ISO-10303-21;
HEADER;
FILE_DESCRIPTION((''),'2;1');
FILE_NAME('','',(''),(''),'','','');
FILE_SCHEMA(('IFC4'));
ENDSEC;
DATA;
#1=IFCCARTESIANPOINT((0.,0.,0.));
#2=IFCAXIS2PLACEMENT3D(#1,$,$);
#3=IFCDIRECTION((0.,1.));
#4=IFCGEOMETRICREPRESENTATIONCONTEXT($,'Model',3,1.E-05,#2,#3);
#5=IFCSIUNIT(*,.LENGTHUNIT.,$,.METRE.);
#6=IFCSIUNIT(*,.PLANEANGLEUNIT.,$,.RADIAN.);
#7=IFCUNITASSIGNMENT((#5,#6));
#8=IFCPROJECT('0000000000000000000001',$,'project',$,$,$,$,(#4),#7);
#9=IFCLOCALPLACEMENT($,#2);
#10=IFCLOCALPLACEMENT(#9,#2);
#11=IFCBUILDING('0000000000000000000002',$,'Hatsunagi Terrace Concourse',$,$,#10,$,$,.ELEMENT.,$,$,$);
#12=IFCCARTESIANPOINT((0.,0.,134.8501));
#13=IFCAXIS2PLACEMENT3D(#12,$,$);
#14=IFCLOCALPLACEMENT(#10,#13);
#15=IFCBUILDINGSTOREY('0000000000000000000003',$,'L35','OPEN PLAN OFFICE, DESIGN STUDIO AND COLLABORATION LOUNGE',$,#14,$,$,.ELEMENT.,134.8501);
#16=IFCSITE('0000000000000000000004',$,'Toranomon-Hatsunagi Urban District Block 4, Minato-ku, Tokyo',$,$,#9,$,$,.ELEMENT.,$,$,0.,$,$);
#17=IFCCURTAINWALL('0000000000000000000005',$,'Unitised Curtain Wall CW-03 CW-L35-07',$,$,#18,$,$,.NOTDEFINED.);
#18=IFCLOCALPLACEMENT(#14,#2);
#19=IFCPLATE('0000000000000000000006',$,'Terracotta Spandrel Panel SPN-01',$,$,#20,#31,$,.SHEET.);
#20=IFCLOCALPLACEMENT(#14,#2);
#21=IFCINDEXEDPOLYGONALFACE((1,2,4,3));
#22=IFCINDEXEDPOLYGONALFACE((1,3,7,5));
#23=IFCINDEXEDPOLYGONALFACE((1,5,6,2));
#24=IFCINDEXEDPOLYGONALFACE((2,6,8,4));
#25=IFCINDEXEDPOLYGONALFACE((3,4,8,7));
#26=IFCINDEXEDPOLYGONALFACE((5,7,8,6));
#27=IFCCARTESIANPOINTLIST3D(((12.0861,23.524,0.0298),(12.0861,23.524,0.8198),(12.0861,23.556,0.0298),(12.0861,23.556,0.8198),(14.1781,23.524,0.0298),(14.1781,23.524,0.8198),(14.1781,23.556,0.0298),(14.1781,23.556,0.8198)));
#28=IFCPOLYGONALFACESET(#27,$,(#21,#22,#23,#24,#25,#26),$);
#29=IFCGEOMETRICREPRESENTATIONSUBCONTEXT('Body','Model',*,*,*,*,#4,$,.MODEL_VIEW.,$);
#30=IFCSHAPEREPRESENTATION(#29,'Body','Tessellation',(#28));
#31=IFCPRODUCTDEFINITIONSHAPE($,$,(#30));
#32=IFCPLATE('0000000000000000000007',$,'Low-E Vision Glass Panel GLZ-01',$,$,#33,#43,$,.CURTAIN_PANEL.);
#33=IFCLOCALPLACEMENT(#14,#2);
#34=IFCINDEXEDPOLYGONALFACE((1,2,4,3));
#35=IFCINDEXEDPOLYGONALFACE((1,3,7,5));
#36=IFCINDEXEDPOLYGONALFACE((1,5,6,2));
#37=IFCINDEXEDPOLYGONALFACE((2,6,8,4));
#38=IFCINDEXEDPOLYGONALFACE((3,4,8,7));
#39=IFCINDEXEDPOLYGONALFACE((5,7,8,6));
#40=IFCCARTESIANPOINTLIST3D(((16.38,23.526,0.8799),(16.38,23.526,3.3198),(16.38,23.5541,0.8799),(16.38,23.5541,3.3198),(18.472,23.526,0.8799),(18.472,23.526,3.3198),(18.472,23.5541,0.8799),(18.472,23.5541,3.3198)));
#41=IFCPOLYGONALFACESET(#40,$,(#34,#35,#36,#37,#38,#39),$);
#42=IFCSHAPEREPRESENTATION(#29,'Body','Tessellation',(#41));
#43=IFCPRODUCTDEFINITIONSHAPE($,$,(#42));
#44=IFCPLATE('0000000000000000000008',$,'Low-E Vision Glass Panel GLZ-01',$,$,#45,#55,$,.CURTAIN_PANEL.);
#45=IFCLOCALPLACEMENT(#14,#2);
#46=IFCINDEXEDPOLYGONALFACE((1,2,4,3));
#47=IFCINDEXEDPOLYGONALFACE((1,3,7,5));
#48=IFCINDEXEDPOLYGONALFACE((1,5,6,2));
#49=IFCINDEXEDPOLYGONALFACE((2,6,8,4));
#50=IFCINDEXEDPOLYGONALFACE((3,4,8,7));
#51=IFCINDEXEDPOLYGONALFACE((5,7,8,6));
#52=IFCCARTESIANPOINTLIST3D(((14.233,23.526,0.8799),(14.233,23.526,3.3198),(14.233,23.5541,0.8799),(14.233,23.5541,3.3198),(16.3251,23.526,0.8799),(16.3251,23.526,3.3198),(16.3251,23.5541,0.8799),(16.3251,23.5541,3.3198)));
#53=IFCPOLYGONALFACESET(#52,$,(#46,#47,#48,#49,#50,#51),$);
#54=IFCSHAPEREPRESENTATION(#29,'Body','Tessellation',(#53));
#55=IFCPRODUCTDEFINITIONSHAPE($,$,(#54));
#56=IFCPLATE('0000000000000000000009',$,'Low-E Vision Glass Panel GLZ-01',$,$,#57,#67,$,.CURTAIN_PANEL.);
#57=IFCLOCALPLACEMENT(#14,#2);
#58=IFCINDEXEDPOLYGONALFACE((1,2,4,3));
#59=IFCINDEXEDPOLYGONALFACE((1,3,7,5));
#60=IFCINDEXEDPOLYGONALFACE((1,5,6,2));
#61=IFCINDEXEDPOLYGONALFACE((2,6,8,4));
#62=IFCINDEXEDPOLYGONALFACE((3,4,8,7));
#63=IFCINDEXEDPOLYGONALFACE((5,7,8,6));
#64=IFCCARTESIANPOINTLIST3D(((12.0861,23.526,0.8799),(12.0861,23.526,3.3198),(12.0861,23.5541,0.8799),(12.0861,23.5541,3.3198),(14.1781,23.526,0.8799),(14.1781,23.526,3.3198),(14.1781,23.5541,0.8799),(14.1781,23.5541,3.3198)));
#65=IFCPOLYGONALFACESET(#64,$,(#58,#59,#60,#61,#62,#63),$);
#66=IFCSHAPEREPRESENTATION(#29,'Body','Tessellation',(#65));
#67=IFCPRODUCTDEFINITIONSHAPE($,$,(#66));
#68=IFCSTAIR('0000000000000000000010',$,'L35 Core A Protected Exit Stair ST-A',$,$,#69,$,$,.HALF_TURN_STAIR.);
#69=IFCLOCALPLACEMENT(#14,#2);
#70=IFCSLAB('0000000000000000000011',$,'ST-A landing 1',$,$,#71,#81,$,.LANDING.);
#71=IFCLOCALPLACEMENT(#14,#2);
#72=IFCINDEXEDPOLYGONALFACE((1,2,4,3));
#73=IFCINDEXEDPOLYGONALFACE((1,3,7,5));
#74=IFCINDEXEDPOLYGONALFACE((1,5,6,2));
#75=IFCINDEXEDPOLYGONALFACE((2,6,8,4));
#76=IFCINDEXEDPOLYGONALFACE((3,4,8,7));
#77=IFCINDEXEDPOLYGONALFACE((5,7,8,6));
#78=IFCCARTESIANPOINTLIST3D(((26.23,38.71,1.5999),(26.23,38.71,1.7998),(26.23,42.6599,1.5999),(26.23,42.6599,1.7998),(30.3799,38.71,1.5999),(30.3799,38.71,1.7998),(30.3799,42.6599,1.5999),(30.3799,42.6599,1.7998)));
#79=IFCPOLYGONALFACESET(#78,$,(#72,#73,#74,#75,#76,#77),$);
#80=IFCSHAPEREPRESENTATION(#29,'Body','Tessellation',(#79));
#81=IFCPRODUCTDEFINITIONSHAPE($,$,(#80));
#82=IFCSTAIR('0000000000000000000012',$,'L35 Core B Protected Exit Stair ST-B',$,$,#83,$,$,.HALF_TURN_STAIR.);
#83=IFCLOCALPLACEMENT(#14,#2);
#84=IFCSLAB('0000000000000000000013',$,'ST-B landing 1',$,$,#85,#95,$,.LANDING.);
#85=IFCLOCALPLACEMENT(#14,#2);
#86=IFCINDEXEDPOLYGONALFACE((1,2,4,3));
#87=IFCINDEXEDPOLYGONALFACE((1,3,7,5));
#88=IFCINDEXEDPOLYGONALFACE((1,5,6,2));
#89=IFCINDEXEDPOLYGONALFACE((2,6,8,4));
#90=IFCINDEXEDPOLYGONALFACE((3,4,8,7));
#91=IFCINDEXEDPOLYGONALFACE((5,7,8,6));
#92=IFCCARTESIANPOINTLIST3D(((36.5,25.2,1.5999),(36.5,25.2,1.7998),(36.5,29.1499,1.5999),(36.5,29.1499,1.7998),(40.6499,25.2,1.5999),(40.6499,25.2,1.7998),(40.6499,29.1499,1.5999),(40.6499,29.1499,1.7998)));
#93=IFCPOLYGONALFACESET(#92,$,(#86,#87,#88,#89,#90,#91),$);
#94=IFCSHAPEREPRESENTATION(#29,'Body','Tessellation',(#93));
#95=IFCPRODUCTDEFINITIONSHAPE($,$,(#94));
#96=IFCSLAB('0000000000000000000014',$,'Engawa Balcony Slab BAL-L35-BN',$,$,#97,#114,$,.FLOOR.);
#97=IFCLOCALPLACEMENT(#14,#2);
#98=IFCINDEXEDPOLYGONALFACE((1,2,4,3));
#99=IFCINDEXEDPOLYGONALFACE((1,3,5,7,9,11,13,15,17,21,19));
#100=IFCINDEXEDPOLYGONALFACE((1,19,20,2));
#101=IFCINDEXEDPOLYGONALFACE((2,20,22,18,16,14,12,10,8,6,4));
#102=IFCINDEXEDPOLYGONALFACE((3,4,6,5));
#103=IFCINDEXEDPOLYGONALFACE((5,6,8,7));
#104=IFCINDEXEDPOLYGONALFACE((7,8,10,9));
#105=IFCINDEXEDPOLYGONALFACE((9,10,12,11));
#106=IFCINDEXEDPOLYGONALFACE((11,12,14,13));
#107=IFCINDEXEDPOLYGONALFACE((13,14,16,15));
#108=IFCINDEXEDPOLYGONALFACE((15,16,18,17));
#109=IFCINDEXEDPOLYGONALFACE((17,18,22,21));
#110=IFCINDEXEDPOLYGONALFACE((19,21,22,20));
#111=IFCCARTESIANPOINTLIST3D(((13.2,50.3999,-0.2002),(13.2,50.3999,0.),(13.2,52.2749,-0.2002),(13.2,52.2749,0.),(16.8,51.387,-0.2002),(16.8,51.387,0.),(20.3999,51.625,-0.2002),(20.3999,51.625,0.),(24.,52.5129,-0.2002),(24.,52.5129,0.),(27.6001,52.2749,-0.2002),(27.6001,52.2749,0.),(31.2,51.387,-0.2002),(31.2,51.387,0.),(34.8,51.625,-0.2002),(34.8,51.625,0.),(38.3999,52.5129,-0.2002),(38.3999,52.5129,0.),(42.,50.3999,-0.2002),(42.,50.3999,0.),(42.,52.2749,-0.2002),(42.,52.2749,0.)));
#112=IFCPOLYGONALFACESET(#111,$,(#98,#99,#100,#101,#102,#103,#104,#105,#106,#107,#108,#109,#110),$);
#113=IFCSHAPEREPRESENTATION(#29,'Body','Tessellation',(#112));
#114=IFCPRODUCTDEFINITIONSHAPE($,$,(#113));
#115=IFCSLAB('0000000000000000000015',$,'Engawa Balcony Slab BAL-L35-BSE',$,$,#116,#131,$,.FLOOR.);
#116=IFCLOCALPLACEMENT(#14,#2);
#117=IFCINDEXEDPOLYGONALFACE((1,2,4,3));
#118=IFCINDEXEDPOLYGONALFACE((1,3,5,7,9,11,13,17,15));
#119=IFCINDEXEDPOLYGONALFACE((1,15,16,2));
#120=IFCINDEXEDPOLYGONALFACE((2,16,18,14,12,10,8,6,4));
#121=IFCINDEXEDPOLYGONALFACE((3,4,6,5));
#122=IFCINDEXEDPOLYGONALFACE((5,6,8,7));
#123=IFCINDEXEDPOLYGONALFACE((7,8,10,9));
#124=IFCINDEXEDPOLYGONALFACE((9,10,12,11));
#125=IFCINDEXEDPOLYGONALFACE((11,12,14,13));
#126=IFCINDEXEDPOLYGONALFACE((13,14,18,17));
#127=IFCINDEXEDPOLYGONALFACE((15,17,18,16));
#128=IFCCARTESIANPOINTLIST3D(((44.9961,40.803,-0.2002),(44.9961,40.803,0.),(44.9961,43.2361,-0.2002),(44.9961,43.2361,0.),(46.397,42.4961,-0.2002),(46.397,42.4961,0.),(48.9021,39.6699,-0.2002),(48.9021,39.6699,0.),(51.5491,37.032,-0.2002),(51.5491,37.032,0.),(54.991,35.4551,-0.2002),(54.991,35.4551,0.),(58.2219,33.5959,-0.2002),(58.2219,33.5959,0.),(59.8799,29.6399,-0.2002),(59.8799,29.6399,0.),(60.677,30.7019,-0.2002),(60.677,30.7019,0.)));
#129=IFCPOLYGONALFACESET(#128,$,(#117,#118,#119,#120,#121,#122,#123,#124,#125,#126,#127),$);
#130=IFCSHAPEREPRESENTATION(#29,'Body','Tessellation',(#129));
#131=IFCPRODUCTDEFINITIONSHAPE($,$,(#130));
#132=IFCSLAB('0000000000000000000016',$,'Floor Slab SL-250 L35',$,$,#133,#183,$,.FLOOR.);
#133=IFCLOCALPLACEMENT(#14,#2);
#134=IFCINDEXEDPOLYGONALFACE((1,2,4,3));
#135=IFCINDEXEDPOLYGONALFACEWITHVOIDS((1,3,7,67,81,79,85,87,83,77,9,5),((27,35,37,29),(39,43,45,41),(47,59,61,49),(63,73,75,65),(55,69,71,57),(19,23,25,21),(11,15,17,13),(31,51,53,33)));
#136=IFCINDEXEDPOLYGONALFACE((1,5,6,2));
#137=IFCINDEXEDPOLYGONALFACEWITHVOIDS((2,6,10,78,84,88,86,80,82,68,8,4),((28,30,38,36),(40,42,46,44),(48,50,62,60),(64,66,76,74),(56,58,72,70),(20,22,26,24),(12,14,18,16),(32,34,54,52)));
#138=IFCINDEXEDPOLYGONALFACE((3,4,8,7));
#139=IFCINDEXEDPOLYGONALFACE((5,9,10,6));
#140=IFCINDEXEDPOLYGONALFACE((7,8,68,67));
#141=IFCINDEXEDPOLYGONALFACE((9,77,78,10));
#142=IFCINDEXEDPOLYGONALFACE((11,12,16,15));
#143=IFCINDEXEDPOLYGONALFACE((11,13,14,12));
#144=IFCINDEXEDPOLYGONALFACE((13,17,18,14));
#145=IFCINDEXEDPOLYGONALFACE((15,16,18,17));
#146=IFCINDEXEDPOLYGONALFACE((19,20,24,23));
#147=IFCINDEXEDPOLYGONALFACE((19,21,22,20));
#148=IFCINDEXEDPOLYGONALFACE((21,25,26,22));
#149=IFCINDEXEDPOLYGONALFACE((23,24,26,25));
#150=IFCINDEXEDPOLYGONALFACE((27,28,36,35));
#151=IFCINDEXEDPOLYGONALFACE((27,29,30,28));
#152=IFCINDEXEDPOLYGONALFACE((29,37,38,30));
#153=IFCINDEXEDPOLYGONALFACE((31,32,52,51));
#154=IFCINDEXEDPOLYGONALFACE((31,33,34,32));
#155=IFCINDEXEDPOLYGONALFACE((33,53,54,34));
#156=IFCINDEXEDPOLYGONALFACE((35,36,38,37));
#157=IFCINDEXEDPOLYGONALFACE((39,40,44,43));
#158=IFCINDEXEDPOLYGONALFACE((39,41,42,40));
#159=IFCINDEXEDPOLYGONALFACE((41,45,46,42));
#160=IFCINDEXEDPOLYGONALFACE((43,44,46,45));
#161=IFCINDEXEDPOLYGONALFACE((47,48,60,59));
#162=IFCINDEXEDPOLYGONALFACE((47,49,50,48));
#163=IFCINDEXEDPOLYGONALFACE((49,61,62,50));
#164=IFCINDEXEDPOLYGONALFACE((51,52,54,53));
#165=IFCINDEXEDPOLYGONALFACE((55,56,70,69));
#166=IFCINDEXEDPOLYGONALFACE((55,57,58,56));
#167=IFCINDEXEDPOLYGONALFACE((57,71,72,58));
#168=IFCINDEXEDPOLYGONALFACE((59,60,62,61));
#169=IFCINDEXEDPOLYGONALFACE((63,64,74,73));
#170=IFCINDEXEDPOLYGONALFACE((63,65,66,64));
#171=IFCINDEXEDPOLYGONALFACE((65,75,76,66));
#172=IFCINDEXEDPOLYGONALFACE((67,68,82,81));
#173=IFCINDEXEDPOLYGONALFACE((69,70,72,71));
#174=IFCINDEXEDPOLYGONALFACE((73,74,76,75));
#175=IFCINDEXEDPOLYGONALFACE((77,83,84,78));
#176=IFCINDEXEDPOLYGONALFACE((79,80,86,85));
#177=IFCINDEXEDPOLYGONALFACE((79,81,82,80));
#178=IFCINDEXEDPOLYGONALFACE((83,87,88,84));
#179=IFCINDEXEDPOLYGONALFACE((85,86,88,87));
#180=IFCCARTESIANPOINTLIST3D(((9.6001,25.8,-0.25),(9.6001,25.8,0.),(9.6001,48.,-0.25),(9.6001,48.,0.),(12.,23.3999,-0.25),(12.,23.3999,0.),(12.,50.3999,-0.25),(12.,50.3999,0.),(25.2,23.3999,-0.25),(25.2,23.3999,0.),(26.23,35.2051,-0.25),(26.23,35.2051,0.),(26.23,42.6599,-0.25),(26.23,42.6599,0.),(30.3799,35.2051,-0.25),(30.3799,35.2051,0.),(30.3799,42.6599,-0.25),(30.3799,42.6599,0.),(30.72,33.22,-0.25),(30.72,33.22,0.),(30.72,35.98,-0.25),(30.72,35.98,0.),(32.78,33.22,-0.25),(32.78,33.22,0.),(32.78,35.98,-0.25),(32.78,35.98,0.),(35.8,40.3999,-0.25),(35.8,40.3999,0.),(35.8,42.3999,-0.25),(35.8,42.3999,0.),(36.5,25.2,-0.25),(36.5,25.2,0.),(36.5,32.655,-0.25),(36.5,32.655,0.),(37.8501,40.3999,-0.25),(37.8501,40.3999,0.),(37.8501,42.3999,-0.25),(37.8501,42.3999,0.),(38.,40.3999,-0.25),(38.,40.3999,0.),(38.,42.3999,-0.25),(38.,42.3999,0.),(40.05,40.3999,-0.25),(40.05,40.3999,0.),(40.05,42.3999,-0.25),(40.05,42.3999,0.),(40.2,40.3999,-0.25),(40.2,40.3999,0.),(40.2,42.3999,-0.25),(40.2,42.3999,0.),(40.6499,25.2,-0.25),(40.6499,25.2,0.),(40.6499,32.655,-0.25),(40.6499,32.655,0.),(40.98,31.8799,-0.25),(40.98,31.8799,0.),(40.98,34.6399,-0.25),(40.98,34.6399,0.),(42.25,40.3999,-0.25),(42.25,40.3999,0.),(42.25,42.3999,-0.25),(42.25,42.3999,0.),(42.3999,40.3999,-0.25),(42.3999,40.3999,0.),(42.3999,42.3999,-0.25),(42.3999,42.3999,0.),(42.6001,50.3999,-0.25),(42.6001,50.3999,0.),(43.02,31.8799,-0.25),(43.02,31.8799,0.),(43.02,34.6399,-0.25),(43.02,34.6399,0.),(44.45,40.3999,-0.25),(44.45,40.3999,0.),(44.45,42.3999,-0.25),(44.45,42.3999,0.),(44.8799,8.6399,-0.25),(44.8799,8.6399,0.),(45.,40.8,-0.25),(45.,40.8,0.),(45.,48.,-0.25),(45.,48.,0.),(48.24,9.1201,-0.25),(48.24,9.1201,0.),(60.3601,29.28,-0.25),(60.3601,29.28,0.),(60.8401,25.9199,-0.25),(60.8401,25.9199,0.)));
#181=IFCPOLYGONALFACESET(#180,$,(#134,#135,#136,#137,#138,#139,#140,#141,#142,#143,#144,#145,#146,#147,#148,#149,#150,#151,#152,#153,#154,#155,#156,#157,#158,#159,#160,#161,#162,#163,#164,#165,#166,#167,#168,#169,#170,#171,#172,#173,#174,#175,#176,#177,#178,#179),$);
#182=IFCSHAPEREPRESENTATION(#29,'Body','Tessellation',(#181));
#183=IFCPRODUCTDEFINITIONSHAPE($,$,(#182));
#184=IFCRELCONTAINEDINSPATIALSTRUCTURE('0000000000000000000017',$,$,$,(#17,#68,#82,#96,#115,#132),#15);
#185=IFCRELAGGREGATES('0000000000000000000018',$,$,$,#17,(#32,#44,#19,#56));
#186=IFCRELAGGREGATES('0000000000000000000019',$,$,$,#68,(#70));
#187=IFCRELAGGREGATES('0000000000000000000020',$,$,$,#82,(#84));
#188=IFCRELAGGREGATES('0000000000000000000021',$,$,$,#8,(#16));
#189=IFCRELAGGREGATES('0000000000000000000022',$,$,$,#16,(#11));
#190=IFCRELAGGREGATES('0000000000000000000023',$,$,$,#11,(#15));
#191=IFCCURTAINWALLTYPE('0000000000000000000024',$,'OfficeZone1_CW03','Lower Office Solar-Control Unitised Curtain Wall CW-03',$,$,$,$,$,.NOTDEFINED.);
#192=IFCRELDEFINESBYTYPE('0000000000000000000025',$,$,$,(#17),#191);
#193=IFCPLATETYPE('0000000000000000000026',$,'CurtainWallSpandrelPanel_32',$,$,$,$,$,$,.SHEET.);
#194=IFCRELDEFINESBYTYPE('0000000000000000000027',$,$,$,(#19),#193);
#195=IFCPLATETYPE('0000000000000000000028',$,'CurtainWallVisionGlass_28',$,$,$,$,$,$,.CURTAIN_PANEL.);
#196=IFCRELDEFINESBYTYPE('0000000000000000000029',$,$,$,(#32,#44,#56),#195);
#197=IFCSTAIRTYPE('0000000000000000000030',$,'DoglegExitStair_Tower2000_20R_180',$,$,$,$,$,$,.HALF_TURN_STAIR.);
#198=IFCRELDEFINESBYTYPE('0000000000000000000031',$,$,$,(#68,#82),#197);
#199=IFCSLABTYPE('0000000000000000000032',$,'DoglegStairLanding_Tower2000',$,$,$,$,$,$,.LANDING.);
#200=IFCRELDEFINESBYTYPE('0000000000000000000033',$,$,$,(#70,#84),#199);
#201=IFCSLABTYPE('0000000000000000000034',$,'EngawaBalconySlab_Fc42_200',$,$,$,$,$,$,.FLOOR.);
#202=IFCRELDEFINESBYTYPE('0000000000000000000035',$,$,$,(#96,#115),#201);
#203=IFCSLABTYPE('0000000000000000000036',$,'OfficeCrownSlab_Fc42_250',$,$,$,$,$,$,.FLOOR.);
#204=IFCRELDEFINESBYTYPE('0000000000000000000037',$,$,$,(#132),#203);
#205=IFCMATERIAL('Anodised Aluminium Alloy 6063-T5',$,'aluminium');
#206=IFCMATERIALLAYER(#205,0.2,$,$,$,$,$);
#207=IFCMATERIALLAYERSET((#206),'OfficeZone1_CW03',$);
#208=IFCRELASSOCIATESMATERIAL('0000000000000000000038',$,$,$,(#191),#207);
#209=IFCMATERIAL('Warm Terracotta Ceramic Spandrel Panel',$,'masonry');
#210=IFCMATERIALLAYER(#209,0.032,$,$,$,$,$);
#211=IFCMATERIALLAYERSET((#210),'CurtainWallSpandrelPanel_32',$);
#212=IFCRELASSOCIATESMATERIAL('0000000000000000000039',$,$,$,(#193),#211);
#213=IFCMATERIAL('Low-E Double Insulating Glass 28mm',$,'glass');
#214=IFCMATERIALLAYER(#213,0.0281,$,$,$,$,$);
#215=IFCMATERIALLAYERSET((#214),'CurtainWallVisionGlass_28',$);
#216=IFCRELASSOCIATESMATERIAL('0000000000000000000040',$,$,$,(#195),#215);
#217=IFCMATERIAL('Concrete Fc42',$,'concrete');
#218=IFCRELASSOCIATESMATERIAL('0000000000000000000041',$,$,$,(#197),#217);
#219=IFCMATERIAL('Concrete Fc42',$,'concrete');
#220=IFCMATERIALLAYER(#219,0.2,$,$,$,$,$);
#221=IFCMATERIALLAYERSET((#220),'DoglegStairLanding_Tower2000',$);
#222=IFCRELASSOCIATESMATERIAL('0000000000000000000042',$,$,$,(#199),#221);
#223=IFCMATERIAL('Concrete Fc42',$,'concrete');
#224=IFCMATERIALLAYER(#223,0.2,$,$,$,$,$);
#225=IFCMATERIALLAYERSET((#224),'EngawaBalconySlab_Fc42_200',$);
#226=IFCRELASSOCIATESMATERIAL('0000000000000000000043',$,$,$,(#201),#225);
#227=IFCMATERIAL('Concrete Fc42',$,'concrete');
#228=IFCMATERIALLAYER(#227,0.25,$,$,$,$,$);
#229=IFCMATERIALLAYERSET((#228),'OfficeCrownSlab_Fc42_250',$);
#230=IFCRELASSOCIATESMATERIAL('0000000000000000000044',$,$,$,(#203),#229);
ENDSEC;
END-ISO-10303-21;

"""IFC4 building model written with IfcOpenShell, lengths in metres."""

from ifc_helpers import new_model, si_unit, direction, frame, origin, origin_2d, place, context, subcontext, project, spatial, polyline, rectangle, outline, extrude, material, layer, layer_set, type_object, element, aggregate, save


model = new_model("IFC4")

# Units and contexts
model_context = context("Model", 3, precision=1e-05, world=origin(), true_north=direction((0.0, 1.0)))
body_context = subcontext(model_context, "Body", "Model", "MODEL_VIEW")
ifc_project = project(units=[si_unit("LENGTHUNIT", "METRE"), si_unit("PLANEANGLEUNIT", "RADIAN")], contexts=[model_context])

# Site, building, storey
site_placement = place(None, origin())
site = spatial("IfcSite", under=ifc_project, at=site_placement, Name="Toranomon-Hatsunagi Urban District Block 4, Minato-ku, Tokyo", CompositionType="ELEMENT", RefElevation=0.0)
building_placement = place(site_placement, origin())
building = spatial("IfcBuilding", under=site, at=building_placement, Name="Hatsunagi Terrace Concourse", CompositionType="ELEMENT")
storey_placement = place(building_placement, frame((0.0, 0.0, 134.8501)))
storey = spatial("IfcBuildingStorey", under=building, at=storey_placement, Name="L35", Description="OPEN PLAN OFFICE, DESIGN STUDIO AND COLLABORATION LOUNGE", CompositionType="ELEMENT", Elevation=134.8501)

# Curtain wall
ifc_material_1 = material(Name="Anodised Aluminium Alloy 6063-T5", Category="aluminium")
ifc_layer_1 = layer(ifc_material_1, 0.2)
ifc_layer_set_1 = layer_set([ifc_layer_1], Name="OfficeZone1_CW03")
curtain_wall_type = type_object("IfcCurtainWallType", Name="OfficeZone1_CW03", Description="Lower Office Solar-Control Unitised Curtain Wall CW-03", PredefinedType="NOTDEFINED", material=ifc_layer_set_1)
curtain_wall_placement = place(storey_placement, origin())
curtain_wall = element("IfcCurtainWall", 1, at=curtain_wall_placement, inside=storey, type_object=curtain_wall_type, Name="Unitised Curtain Wall CW-03 CW-L35-07", PredefinedType="NOTDEFINED")

# Plates
ifc_material_2 = material(Name="Warm Terracotta Ceramic Spandrel Panel", Category="masonry")
ifc_layer_2 = layer(ifc_material_2, 0.032)
ifc_layer_set_2 = layer_set([ifc_layer_2], Name="CurtainWallSpandrelPanel_32")
plate_type_1 = type_object("IfcPlateType", Name="CurtainWallSpandrelPanel_32", PredefinedType="SHEET", material=ifc_layer_set_2)
plate_1_placement = place(storey_placement, frame((13.1321, 23.54, 0.0298), z_axis=(0.0, 0.0, 1.0), x_axis=(-1.0, 0.0, 0.0)))
plate_1 = element("IfcPlate", 2, at=plate_1_placement, type_object=plate_type_1, Name="Terracotta Spandrel Panel SPN-01", PredefinedType="SHEET", context=body_context, shape_type="SweptSolid", body=[
    extrude(rectangle(XDim=2.092, YDim=0.032, at=origin_2d()), origin(), (0.0, 0.0, 1.0), 0.79),
])
ifc_material_3 = material(Name="Low-E Double Insulating Glass 28mm", Category="glass")
ifc_layer_3 = layer(ifc_material_3, 0.0281)
ifc_layer_set_3 = layer_set([ifc_layer_3], Name="CurtainWallVisionGlass_28")
plate_type_2 = type_object("IfcPlateType", Name="CurtainWallVisionGlass_28", PredefinedType="CURTAIN_PANEL", material=ifc_layer_set_3)
plate_2_placement = place(storey_placement, frame((17.426, 23.54, 0.8799), z_axis=(0.0, 0.0, 1.0), x_axis=(-1.0, 0.0, 0.0)))
plate_2 = element("IfcPlate", 3, at=plate_2_placement, type_object=plate_type_2, Name="Low-E Vision Glass Panel GLZ-01", PredefinedType="CURTAIN_PANEL", context=body_context, shape_type="SweptSolid", body=[
    extrude(rectangle(XDim=2.092, YDim=0.0281, at=origin_2d()), origin(), (0.0, 0.0, 1.0), 2.4399),
])
plate_3_placement = place(storey_placement, frame((15.2791, 23.54, 0.8799), z_axis=(0.0, 0.0, 1.0), x_axis=(-1.0, 0.0, 0.0)))
plate_3 = element("IfcPlate", 4, at=plate_3_placement, type_object=plate_type_2, Name="Low-E Vision Glass Panel GLZ-01", PredefinedType="CURTAIN_PANEL", context=body_context, shape_type="SweptSolid", body=[
    extrude(rectangle(XDim=2.092, YDim=0.0281, at=origin_2d()), origin(), (0.0, 0.0, 1.0), 2.4399),
])
plate_4_placement = place(storey_placement, frame((13.1321, 23.54, 0.8799), z_axis=(0.0, 0.0, 1.0), x_axis=(-1.0, 0.0, 0.0)))
plate_4 = element("IfcPlate", 5, at=plate_4_placement, type_object=plate_type_2, Name="Low-E Vision Glass Panel GLZ-01", PredefinedType="CURTAIN_PANEL", context=body_context, shape_type="SweptSolid", body=[
    extrude(rectangle(XDim=2.092, YDim=0.0281, at=origin_2d()), origin(), (0.0, 0.0, 1.0), 2.4399),
])
aggregate(curtain_wall, [plate_2, plate_3, plate_1, plate_4])

# Stairs, slabs
ifc_material_4 = material(Name="Concrete Fc42", Category="concrete")
stair_type = type_object("IfcStairType", Name="DoglegExitStair_Tower2000_20R_180", PredefinedType="HALF_TURN_STAIR", material=ifc_material_4)
stair_1_placement = place(storey_placement, origin())
stair_1 = element("IfcStair", 6, at=stair_1_placement, inside=storey, type_object=stair_type, Name="L35 Core A Protected Exit Stair ST-A", PredefinedType="HALF_TURN_STAIR")
ifc_material_5 = material(Name="Concrete Fc42", Category="concrete")
ifc_layer_4 = layer(ifc_material_5, 0.2)
ifc_layer_set_4 = layer_set([ifc_layer_4], Name="DoglegStairLanding_Tower2000")
slab_type_1 = type_object("IfcSlabType", Name="DoglegStairLanding_Tower2000", PredefinedType="LANDING", material=ifc_layer_set_4)
slab_1_placement = place(storey_placement, frame((0.0, 0.0, 1.5999)))
slab_1 = element("IfcSlab", 7, at=slab_1_placement, type_object=slab_type_1, Name="ST-A landing 1", PredefinedType="LANDING", context=body_context, shape_type="SweptSolid", body=[
    extrude(outline(polyline([(30.3799, 38.71), (30.3799, 42.6599), (26.23, 42.6599), (26.23, 38.71), (30.3799, 38.71)])), origin(), (0.0, 0.0, 1.0), 0.2),
])
aggregate(stair_1, [slab_1])
stair_2_placement = place(storey_placement, origin())
stair_2 = element("IfcStair", 8, at=stair_2_placement, inside=storey, type_object=stair_type, Name="L35 Core B Protected Exit Stair ST-B", PredefinedType="HALF_TURN_STAIR")
slab_2_placement = place(storey_placement, frame((0.0, 0.0, 1.5999)))
slab_2 = element("IfcSlab", 9, at=slab_2_placement, type_object=slab_type_1, Name="ST-B landing 1", PredefinedType="LANDING", context=body_context, shape_type="SweptSolid", body=[
    extrude(outline(polyline([(36.5, 29.1499), (36.5, 25.2), (40.6499, 25.2), (40.6499, 29.1499), (36.5, 29.1499)])), origin(), (0.0, 0.0, 1.0), 0.2),
])
aggregate(stair_2, [slab_2])

# Slabs
ifc_material_6 = material(Name="Concrete Fc42", Category="concrete")
ifc_layer_5 = layer(ifc_material_6, 0.2)
ifc_layer_set_5 = layer_set([ifc_layer_5], Name="EngawaBalconySlab_Fc42_200")
slab_type_2 = type_object("IfcSlabType", Name="EngawaBalconySlab_Fc42_200", PredefinedType="FLOOR", material=ifc_layer_set_5)
slab_3_placement = place(storey_placement, frame((0.0, 0.0, -0.2002)))
element("IfcSlab", 10, at=slab_3_placement, inside=storey, type_object=slab_type_2, Name="Engawa Balcony Slab BAL-L35-BN", PredefinedType="FLOOR", context=body_context, shape_type="SweptSolid", body=[
    extrude(outline(polyline([(13.2, 52.2749), (13.2, 50.3999), (42.0, 50.3999), (42.0, 52.2749), (38.3999, 52.5129), (34.8, 51.625), (31.2, 51.387), (27.6001, 52.2749), (24.0, 52.5129), (20.3999, 51.625), (16.8, 51.387), (13.2, 52.2749)])), origin(), (0.0, 0.0, 1.0), 0.2002),
])
slab_4_placement = place(storey_placement, frame((0.0, 0.0, -0.2002)))
element("IfcSlab", 11, at=slab_4_placement, inside=storey, type_object=slab_type_2, Name="Engawa Balcony Slab BAL-L35-BSE", PredefinedType="FLOOR", context=body_context, shape_type="SweptSolid", body=[
    extrude(outline(polyline([(46.397, 42.4961), (44.9961, 43.2361), (44.9961, 40.803), (59.8799, 29.6399), (60.677, 30.7019), (58.2219, 33.5959), (54.991, 35.4551), (51.5491, 37.032), (48.9021, 39.6699), (46.397, 42.4961)])), origin(), (0.0, 0.0, 1.0), 0.2002),
])
ifc_material_7 = material(Name="Concrete Fc42", Category="concrete")
ifc_layer_6 = layer(ifc_material_7, 0.25)
ifc_layer_set_6 = layer_set([ifc_layer_6], Name="OfficeCrownSlab_Fc42_250")
slab_type_3 = type_object("IfcSlabType", Name="OfficeCrownSlab_Fc42_250", PredefinedType="FLOOR", material=ifc_layer_set_6)
slab_5_placement = place(storey_placement, frame((0.0, 0.0, -0.25)))
element("IfcSlab", 12, at=slab_5_placement, inside=storey, type_object=slab_type_3, Name="Floor Slab SL-250 L35", PredefinedType="FLOOR", context=body_context, shape_type="SweptSolid", body=[
    extrude(outline(polyline([(45.0, 40.8), (45.0, 48.0), (42.6001, 50.3999), (12.0, 50.3999), (9.6001, 48.0), (9.6001, 25.8), (12.0, 23.3999), (25.2, 23.3999), (44.8799, 8.6399), (48.24, 9.1201), (60.8401, 25.9199), (60.3601, 29.28), (45.0, 40.8)]), holes=[polyline([(26.23, 35.2051), (30.3799, 35.2051), (30.3799, 42.6599), (26.23, 42.6599), (26.23, 35.2051)]), polyline([(36.5, 25.2), (40.6499, 25.2), (40.6499, 32.655), (36.5, 32.655), (36.5, 25.2)]), polyline([(30.72, 33.22), (32.78, 33.22), (32.78, 35.98), (30.72, 35.98), (30.72, 33.22)]), polyline([(40.98, 31.8799), (43.02, 31.8799), (43.02, 34.6399), (40.98, 34.6399), (40.98, 31.8799)]), polyline([(35.8, 40.3999), (37.8501, 40.3999), (37.8501, 42.3999), (35.8, 42.3999), (35.8, 40.3999)]), polyline([(38.0, 40.3999), (40.05, 40.3999), (40.05, 42.3999), (38.0, 42.3999), (38.0, 40.3999)]), polyline([(40.2, 40.3999), (42.25, 40.3999), (42.25, 42.3999), (40.2, 42.3999), (40.2, 40.3999)]), polyline([(42.3999, 40.3999), (44.45, 40.3999), (44.45, 42.3999), (42.3999, 42.3999), (42.3999, 40.3999)])]), origin(), (0.0, 0.0, 1.0), 0.25),
])

save(model, "model.ifc")
